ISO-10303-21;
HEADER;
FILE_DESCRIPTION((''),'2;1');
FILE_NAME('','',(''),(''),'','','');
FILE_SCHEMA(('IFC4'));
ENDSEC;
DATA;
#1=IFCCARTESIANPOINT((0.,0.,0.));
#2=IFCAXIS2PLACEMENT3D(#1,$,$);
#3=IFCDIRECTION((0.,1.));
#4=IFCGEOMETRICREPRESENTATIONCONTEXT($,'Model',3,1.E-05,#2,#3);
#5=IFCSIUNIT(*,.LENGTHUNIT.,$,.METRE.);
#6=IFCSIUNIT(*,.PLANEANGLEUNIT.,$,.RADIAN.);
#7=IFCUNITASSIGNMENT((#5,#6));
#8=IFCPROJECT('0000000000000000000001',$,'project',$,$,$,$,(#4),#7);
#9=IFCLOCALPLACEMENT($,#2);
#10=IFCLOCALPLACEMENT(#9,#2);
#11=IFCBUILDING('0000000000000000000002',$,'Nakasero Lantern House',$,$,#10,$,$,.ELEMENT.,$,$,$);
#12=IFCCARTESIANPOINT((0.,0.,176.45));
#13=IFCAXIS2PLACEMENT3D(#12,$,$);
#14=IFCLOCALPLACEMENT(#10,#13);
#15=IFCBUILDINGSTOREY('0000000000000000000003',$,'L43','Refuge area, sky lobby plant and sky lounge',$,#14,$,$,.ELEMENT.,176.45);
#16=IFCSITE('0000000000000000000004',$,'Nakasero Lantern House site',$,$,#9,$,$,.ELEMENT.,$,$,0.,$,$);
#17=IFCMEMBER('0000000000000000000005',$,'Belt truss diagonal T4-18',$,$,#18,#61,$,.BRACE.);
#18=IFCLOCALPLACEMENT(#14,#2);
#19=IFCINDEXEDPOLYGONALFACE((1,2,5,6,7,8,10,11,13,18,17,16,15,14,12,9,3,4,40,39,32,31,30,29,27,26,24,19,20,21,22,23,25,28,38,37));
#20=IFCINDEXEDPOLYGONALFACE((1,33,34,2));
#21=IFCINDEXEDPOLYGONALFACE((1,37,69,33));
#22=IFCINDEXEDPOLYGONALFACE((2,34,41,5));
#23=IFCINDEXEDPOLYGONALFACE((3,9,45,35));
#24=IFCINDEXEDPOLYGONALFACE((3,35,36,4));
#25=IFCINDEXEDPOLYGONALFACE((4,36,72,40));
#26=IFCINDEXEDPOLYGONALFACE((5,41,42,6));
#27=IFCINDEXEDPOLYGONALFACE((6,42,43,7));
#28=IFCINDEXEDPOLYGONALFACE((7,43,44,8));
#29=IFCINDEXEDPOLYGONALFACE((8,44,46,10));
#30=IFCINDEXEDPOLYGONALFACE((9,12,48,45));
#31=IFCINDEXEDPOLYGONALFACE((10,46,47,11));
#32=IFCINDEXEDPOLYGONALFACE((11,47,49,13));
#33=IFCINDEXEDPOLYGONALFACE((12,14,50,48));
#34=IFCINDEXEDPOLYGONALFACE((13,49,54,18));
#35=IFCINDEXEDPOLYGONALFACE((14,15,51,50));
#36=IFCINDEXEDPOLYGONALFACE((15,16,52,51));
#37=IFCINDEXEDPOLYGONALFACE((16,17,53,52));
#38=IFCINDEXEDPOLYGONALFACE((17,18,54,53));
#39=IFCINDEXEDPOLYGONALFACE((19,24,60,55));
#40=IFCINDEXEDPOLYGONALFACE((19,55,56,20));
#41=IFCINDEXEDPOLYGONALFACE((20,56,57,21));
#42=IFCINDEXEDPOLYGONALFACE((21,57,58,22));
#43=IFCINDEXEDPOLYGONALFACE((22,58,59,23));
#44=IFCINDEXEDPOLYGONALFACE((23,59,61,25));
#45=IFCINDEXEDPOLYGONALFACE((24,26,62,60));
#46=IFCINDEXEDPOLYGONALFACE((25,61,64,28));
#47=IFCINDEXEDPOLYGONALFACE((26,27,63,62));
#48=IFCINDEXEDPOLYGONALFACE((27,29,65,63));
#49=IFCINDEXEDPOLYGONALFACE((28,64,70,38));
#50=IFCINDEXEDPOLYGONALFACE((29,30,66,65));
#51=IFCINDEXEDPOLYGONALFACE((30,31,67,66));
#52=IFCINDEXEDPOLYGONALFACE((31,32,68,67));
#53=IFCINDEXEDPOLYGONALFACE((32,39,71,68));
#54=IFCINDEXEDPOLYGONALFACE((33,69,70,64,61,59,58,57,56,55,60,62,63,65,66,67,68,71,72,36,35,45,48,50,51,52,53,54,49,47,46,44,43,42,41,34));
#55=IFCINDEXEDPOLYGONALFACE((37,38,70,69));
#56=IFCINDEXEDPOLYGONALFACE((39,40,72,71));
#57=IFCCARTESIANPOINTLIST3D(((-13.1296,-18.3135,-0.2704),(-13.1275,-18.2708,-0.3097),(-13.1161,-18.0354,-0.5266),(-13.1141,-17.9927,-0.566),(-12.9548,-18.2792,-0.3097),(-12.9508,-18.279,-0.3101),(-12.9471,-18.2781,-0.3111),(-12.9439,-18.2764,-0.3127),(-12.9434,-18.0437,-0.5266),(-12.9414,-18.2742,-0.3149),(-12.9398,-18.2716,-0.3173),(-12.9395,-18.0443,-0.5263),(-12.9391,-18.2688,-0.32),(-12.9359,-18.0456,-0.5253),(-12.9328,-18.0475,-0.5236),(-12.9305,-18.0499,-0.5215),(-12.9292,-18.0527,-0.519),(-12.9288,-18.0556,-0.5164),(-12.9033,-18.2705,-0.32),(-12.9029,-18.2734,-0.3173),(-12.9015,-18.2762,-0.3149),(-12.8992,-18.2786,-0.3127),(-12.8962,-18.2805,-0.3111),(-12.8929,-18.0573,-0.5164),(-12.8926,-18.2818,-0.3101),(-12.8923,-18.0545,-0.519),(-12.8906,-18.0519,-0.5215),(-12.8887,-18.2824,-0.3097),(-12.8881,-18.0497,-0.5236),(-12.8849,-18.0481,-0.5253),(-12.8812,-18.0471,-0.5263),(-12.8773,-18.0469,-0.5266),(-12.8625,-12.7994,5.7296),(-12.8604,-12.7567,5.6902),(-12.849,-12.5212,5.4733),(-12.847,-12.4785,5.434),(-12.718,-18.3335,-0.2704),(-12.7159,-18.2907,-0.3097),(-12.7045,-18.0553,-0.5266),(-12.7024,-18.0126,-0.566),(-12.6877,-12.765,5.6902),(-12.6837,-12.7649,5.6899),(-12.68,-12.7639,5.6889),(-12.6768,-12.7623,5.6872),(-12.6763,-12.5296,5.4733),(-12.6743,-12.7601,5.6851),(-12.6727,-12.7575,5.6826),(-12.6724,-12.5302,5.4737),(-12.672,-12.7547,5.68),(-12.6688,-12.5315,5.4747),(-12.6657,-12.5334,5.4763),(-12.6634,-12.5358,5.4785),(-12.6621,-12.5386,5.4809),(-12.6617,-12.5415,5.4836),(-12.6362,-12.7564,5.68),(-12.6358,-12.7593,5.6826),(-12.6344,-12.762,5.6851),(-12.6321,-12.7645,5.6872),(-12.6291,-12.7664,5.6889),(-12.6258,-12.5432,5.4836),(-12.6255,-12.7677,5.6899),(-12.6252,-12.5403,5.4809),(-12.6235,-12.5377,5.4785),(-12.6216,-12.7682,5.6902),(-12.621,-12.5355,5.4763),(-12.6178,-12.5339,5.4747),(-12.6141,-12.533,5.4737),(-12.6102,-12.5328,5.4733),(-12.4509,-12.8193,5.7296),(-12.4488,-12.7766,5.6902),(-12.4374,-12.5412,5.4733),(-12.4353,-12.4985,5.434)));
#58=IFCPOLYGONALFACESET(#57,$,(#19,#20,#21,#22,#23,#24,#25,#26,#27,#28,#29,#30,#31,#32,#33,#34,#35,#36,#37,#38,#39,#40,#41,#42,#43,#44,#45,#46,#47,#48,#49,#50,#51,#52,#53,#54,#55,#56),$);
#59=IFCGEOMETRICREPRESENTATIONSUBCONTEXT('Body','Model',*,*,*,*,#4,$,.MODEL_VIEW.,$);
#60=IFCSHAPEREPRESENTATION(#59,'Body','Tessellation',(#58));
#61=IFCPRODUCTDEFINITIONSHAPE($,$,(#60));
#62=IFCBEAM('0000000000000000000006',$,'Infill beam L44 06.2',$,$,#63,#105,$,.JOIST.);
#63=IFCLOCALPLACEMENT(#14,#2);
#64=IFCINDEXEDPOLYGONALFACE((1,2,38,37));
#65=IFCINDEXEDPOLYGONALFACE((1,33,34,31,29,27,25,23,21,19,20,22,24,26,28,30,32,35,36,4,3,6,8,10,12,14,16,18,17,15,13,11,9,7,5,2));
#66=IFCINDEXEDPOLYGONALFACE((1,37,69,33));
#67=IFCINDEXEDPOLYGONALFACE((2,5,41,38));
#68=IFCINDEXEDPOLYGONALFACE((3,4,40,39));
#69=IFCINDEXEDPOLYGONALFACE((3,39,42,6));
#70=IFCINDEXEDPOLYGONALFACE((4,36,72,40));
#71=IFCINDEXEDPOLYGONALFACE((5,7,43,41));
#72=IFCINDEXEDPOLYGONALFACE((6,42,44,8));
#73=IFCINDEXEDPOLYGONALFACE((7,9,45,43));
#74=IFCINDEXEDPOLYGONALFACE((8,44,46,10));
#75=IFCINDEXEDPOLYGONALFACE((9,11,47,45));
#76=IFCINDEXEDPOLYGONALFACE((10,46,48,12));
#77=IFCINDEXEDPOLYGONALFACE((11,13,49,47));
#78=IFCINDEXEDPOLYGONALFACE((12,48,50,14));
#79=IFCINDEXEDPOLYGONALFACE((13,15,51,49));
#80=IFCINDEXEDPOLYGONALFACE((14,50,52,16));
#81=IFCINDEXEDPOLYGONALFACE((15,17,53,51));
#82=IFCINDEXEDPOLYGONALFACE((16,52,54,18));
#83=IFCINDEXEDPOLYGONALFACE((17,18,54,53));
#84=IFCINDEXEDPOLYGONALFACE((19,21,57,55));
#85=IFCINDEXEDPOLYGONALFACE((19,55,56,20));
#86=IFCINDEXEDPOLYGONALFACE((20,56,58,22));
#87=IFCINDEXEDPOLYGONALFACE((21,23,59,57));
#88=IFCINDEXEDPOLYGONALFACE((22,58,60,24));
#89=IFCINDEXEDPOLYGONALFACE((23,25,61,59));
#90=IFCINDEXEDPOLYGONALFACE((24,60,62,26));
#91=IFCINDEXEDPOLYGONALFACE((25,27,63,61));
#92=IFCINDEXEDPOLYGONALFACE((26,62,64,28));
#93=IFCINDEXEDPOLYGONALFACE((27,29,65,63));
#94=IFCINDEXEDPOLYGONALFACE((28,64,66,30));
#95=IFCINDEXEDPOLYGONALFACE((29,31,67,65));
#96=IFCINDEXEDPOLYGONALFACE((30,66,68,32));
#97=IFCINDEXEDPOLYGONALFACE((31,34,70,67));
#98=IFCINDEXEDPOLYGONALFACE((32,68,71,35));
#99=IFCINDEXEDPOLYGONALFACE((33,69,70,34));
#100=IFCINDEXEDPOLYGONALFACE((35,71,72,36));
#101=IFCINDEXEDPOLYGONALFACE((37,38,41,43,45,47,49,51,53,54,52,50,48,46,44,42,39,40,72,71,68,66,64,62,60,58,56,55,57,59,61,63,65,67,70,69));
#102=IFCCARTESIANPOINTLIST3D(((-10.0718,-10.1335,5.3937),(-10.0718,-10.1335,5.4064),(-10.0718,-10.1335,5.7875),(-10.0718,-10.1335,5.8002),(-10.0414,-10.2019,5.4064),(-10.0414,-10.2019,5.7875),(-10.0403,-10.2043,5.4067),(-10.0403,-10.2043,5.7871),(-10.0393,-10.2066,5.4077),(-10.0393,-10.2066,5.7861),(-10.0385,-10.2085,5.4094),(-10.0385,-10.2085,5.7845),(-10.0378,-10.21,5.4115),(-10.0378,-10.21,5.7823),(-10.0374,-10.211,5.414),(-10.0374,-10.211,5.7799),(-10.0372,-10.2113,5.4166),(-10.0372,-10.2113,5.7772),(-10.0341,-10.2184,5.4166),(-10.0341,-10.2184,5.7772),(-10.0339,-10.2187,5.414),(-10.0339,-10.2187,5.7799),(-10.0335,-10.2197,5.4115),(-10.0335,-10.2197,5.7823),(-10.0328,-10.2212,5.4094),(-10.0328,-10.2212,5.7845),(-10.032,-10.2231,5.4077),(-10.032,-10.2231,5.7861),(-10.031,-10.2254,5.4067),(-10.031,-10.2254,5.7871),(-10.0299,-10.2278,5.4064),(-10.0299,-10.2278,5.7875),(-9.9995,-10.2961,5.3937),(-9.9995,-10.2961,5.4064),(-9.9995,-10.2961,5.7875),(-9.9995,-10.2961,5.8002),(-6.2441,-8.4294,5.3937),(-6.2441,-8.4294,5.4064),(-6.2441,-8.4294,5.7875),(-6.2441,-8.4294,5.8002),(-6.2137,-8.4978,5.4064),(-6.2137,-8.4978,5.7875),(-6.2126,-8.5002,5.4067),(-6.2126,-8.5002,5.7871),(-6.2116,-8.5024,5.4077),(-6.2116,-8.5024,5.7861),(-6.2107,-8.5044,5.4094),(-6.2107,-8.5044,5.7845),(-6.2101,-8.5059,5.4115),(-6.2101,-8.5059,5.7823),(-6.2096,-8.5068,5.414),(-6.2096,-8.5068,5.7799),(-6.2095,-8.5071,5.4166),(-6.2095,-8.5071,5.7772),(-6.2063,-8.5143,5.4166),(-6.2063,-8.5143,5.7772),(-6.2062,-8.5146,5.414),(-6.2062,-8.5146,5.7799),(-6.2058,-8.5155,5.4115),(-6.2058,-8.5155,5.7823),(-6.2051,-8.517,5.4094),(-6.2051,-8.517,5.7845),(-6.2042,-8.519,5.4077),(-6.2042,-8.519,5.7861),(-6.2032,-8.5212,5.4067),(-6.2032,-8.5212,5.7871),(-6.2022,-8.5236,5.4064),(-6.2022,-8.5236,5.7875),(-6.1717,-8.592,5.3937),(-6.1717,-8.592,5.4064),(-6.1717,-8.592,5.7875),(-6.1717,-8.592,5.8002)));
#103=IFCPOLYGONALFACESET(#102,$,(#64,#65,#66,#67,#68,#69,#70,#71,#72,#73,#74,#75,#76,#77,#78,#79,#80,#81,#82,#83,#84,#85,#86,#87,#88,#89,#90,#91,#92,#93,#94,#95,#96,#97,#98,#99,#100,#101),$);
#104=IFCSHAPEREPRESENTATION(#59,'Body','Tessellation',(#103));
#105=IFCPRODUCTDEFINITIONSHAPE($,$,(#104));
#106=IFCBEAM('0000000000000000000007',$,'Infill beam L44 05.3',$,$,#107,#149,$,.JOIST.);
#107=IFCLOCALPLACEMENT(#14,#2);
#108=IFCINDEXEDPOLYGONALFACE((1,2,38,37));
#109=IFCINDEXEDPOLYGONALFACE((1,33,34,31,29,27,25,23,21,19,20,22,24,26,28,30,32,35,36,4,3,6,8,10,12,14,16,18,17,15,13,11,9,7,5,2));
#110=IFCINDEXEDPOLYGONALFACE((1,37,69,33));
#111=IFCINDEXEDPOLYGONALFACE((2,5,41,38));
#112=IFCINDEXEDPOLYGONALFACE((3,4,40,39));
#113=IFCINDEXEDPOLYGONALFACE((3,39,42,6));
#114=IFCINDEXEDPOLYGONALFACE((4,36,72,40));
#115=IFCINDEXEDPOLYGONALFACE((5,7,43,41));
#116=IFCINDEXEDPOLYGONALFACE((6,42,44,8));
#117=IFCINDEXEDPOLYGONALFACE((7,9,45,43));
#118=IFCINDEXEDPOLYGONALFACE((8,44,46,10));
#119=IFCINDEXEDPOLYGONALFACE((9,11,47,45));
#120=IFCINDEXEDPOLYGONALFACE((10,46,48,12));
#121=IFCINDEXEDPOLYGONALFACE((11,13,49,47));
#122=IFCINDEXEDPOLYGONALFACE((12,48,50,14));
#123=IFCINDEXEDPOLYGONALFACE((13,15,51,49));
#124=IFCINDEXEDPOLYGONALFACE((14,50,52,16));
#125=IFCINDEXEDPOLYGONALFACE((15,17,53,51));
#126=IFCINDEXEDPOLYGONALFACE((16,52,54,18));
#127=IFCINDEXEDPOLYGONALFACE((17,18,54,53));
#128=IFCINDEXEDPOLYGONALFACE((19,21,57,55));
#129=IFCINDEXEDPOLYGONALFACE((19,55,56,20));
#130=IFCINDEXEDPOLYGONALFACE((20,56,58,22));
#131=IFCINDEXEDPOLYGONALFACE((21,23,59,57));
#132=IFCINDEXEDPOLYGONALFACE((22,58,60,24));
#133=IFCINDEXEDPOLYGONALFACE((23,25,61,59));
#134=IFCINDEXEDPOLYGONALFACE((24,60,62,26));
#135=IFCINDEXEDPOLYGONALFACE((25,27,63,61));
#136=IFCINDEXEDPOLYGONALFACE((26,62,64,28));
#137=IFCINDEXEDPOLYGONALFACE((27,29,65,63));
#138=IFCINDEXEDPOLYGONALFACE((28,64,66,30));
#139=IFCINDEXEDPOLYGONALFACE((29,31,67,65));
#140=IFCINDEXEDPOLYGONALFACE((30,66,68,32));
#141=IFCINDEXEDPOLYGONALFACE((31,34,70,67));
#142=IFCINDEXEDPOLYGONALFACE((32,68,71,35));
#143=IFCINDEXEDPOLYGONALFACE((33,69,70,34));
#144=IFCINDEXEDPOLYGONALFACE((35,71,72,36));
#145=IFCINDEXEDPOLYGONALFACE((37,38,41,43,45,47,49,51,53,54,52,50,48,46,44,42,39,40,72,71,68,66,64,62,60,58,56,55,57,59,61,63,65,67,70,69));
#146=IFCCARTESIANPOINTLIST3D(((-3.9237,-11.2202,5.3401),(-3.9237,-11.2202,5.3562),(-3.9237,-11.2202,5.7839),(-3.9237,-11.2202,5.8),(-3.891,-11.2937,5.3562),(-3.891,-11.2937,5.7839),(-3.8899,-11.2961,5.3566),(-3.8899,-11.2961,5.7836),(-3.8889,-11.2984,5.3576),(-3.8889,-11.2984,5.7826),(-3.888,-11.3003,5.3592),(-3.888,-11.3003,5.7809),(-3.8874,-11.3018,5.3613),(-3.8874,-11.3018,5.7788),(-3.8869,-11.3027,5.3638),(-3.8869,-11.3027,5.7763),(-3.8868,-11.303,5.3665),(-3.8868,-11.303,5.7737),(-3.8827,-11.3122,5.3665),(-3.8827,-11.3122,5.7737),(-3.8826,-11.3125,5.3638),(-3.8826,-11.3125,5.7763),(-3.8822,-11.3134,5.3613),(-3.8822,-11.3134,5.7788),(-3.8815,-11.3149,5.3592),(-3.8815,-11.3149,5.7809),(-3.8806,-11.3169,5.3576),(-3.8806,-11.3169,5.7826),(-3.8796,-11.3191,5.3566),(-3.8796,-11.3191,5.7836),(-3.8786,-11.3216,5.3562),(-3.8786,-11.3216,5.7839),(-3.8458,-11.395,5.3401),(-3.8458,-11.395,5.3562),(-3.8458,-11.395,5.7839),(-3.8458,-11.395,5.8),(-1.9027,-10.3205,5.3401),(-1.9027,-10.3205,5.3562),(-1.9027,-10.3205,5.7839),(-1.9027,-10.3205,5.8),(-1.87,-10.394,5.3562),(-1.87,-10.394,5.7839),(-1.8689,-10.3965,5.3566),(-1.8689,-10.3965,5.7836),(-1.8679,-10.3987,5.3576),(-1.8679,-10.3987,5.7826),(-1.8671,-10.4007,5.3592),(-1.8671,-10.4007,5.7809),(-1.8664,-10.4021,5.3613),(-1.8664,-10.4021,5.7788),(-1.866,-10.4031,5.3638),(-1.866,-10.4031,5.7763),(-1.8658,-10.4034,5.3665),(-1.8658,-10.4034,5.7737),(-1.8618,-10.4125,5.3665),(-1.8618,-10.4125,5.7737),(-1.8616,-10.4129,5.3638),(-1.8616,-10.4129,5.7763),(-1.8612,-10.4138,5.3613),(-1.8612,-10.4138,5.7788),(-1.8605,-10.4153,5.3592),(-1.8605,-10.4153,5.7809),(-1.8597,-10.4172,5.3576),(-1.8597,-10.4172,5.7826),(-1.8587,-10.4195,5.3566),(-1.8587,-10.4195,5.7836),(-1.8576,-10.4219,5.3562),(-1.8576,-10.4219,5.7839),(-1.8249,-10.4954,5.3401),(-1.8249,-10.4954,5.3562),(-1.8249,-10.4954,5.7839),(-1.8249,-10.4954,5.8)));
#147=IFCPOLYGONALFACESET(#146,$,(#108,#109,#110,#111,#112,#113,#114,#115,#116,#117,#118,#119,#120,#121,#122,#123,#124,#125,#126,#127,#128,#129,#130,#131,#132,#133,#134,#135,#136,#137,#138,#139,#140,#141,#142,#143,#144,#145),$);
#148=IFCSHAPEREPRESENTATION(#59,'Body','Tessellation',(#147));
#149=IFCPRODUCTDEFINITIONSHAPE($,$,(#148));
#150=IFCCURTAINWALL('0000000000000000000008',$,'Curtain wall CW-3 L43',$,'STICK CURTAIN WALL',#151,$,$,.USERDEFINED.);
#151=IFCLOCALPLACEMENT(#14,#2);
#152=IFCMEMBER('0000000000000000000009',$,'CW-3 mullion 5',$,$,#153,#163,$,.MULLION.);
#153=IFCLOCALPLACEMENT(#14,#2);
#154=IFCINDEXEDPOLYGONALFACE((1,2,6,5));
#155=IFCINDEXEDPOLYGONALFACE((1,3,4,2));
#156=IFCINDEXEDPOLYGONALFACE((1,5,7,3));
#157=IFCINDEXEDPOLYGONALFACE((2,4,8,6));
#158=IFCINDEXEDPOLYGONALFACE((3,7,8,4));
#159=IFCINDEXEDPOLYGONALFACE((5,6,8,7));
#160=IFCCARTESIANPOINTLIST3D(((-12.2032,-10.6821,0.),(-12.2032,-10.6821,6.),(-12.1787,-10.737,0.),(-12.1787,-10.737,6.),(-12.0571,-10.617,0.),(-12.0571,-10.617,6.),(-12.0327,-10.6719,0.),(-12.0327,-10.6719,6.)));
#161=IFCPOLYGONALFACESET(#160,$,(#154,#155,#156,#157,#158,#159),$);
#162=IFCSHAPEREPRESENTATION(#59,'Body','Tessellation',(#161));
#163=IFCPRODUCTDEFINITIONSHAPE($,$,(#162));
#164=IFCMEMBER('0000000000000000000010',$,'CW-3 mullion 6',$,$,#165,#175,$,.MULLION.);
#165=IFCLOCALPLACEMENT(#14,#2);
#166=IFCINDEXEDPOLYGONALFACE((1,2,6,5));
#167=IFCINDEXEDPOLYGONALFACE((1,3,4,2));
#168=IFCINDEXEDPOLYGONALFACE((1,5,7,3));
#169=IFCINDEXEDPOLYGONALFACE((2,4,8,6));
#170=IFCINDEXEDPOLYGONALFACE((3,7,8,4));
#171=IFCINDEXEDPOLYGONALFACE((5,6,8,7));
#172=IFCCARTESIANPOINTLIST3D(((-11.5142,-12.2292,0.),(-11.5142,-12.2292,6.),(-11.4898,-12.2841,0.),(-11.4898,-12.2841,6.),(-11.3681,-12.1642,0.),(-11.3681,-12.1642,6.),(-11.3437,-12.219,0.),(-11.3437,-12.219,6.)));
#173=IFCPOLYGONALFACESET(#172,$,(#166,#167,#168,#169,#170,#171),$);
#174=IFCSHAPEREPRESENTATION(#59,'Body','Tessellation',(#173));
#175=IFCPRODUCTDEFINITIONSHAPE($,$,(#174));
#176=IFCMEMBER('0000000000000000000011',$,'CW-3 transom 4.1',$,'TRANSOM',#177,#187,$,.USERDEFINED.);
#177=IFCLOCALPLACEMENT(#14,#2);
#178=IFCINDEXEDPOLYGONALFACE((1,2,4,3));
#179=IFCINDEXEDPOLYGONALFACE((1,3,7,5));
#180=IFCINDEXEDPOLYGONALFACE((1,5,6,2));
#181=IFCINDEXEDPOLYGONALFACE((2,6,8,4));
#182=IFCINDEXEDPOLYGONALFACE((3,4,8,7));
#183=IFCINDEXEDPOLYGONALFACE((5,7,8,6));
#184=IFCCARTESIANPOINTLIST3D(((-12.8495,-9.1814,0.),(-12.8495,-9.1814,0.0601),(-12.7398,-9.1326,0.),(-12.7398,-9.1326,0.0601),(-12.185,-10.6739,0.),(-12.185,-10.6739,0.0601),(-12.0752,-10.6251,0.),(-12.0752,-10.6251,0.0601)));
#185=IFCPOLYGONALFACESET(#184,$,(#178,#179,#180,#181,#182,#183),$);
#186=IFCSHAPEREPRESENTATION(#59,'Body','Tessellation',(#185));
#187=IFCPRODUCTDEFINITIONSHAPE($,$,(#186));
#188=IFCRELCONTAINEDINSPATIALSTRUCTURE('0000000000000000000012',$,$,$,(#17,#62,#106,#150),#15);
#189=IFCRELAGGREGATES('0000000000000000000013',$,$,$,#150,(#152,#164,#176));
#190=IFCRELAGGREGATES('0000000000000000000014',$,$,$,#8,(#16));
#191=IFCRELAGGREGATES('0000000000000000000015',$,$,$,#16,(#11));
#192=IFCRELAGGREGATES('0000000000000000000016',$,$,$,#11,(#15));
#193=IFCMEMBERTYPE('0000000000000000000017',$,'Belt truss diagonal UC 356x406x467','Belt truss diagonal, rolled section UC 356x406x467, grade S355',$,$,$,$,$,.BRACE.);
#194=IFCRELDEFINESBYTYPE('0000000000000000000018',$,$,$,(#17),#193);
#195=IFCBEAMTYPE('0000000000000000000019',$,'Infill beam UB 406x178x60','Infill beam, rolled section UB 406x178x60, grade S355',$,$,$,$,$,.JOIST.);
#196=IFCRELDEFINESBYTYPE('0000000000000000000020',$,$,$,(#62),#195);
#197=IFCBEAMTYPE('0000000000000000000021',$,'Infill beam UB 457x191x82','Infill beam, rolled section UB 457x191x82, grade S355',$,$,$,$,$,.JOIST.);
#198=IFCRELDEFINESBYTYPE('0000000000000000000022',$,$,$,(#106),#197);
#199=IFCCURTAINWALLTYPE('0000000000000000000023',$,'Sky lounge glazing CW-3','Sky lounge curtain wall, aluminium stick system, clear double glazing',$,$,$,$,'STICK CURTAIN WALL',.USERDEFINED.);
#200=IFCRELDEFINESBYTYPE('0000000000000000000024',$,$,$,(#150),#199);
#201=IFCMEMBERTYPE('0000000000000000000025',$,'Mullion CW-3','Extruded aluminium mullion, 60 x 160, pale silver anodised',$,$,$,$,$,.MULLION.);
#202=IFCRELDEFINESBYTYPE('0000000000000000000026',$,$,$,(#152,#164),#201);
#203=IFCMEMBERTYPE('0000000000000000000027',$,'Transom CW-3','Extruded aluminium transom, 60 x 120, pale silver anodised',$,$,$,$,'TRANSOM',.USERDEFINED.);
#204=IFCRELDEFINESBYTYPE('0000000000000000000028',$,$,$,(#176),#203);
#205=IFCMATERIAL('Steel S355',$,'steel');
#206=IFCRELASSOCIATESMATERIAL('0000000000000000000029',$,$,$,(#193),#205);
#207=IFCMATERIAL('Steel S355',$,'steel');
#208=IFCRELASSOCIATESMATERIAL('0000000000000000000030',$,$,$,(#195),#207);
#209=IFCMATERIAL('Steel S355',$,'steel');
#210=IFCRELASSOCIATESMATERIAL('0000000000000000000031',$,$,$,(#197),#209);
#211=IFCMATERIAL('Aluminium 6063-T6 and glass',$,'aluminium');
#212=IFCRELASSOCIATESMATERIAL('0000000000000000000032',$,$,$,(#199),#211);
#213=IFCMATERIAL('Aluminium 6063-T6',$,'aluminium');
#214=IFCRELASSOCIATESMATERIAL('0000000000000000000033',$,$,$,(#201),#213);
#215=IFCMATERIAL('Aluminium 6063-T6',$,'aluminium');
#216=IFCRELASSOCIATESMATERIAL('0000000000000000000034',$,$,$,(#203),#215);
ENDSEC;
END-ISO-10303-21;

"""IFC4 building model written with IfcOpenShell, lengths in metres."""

from ifc_helpers import new_model, si_unit, direction, frame, origin, origin_2d, place, context, subcontext, project, spatial, rectangle, i_section, extrude, material, material_profile, profile_set, type_object, element, aggregate, save


model = new_model("IFC4")

# Units and contexts
model_context = context("Model", 3, precision=1e-05, world=origin(), true_north=direction((0.0, 1.0)))
body_context = subcontext(model_context, "Body", "Model", "MODEL_VIEW")
ifc_project = project(units=[si_unit("LENGTHUNIT", "METRE"), si_unit("PLANEANGLEUNIT", "RADIAN")], contexts=[model_context])

# Site, building, storey
site_placement = place(None, origin())
site = spatial("IfcSite", under=ifc_project, at=site_placement, Name="Nakasero Lantern House site", CompositionType="ELEMENT", RefElevation=0.0)
building_placement = place(site_placement, origin())
building = spatial("IfcBuilding", under=site, at=building_placement, Name="Nakasero Lantern House", CompositionType="ELEMENT")
storey_placement = place(building_placement, frame((0.0, 0.0, 176.45)))
storey = spatial("IfcBuildingStorey", under=building, at=storey_placement, Name="L43", Description="Refuge area, sky lobby plant and sky lounge", CompositionType="ELEMENT", Elevation=176.45)

# Member
ifc_material_1 = material(Name="Steel S355", Category="steel")
ifc_material_profile_1 = material_profile(ifc_material_1, i_section(OverallWidth=0.4121, OverallDepth=0.4365, WebThickness=0.0359, FlangeThickness=0.0581, FilletRadius=0.0151, at=origin_2d()), Name="UC 356x406x467")
ifc_profile_set_1 = profile_set([ifc_material_profile_1], Name="Steel S355")
member_type_1 = type_object("IfcMemberType", Name="Belt truss diagonal UC 356x406x467", Description="Belt truss diagonal, rolled section UC 356x406x467, grade S355", PredefinedType="BRACE", material=ifc_profile_set_1)
member_1_placement = place(storey_placement, frame((-12.6489, -12.6489, 5.5818), z_axis=(-0.032758, -0.676305, -0.735893), x_axis=(0.998829, -0.04838, 0.0)))
element("IfcMember", 1, at=member_1_placement, inside=storey, type_object=member_type_1, Name="Belt truss diagonal T4-18", PredefinedType="BRACE", context=body_context, shape_type="SweptSolid", body=[
    extrude(i_section(OverallWidth=0.4121, OverallDepth=0.4365, WebThickness=0.0359, FlangeThickness=0.0581, FilletRadius=0.0151, at=origin_2d()), origin(), (0.0, 0.0, 1.0), 8.1533),
])

# Beams
ifc_material_2 = material(Name="Steel S355", Category="steel")
ifc_material_profile_2 = material_profile(ifc_material_2, i_section(OverallWidth=0.178, OverallDepth=0.4065, WebThickness=0.0078, FlangeThickness=0.0127, FilletRadius=0.0103, at=origin_2d()), Name="UB 406x178x60")
ifc_profile_set_2 = profile_set([ifc_material_profile_2], Name="Steel S355")
beam_type_1 = type_object("IfcBeamType", Name="Infill beam UB 406x178x60", Description="Infill beam, rolled section UB 406x178x60, grade S355", PredefinedType="JOIST", material=ifc_profile_set_2)
beam_1_placement = place(storey_placement, frame((-10.0356, -10.2148, 5.5969), z_axis=(0.913552, 0.406722, 0.0), x_axis=(-0.406722, 0.913552, 0.0)))
element("IfcBeam", 2, at=beam_1_placement, inside=storey, type_object=beam_type_1, Name="Infill beam L44 06.2", PredefinedType="JOIST", context=body_context, shape_type="SweptSolid", body=[
    extrude(i_section(OverallWidth=0.178, OverallDepth=0.4065, WebThickness=0.0078, FlangeThickness=0.0127, FilletRadius=0.0103, at=origin_2d()), origin(), (0.0, 0.0, 1.0), 4.1899),
])
ifc_material_3 = material(Name="Steel S355", Category="steel")
ifc_material_profile_3 = material_profile(ifc_material_3, i_section(OverallWidth=0.1914, OverallDepth=0.46, WebThickness=0.01, FlangeThickness=0.0161, FilletRadius=0.0103, at=origin_2d()), Name="UB 457x191x82")
ifc_profile_set_3 = profile_set([ifc_material_profile_3], Name="Steel S355")
beam_type_2 = type_object("IfcBeamType", Name="Infill beam UB 457x191x82", Description="Infill beam, rolled section UB 457x191x82, grade S355", PredefinedType="JOIST", material=ifc_profile_set_3)
beam_2_placement = place(storey_placement, frame((-3.8848, -11.3076, 5.5701), z_axis=(0.91357, 0.406681, 0.0), x_axis=(-0.406681, 0.91357, 0.0)))
element("IfcBeam", 3, at=beam_2_placement, inside=storey, type_object=beam_type_2, Name="Infill beam L44 05.3", PredefinedType="JOIST", context=body_context, shape_type="SweptSolid", body=[
    extrude(i_section(OverallWidth=0.1914, OverallDepth=0.46, WebThickness=0.01, FlangeThickness=0.0161, FilletRadius=0.0103, at=origin_2d()), origin(), (0.0, 0.0, 1.0), 2.2122),
])

# Curtain wall, members
ifc_material_4 = material(Name="Aluminium 6063-T6 and glass", Category="aluminium")
curtain_wall_type = type_object("IfcCurtainWallType", Name="Sky lounge glazing CW-3", Description="Sky lounge curtain wall, aluminium stick system, clear double glazing", ElementType="STICK CURTAIN WALL", PredefinedType="USERDEFINED", material=ifc_material_4)
curtain_wall_placement = place(storey_placement, origin())
curtain_wall = element("IfcCurtainWall", 4, at=curtain_wall_placement, inside=storey, type_object=curtain_wall_type, Name="Curtain wall CW-3 L43", ObjectType="STICK CURTAIN WALL", PredefinedType="USERDEFINED")
ifc_material_5 = material(Name="Aluminium 6063-T6", Category="aluminium")
ifc_material_profile_4 = material_profile(ifc_material_5, rectangle(XDim=0.0601, YDim=0.1599, at=origin_2d()), Name="CW-3 mullion 60x160")
ifc_profile_set_4 = profile_set([ifc_material_profile_4], Name="Aluminium 6063-T6")
member_type_2 = type_object("IfcMemberType", Name="Mullion CW-3", Description="Extruded aluminium mullion, 60 x 160, pale silver anodised", PredefinedType="MULLION", material=ifc_profile_set_4)
member_2_placement = place(storey_placement, frame((-12.1179, -10.677, 0.0), z_axis=(0.0, 0.0, 1.0), x_axis=(0.406737, -0.913545, 0.0)))
member_2 = element("IfcMember", 5, at=member_2_placement, type_object=member_type_2, Name="CW-3 mullion 5", PredefinedType="MULLION", context=body_context, shape_type="SweptSolid", body=[
    extrude(rectangle(XDim=0.0601, YDim=0.1599, at=origin_2d()), origin(), (0.0, 0.0, 1.0), 6.0),
])
member_3_placement = place(storey_placement, frame((-11.429, -12.2241, 0.0), z_axis=(0.0, 0.0, 1.0), x_axis=(0.406737, -0.913545, 0.0)))
member_3 = element("IfcMember", 6, at=member_3_placement, type_object=member_type_2, Name="CW-3 mullion 6", PredefinedType="MULLION", context=body_context, shape_type="SweptSolid", body=[
    extrude(rectangle(XDim=0.0601, YDim=0.1599, at=origin_2d()), origin(), (0.0, 0.0, 1.0), 6.0),
])
ifc_material_6 = material(Name="Aluminium 6063-T6", Category="aluminium")
ifc_material_profile_5 = material_profile(ifc_material_6, rectangle(XDim=0.0601, YDim=0.1201, at=origin_2d()), Name="CW-3 transom 60x120")
ifc_profile_set_5 = profile_set([ifc_material_profile_5], Name="Aluminium 6063-T6")
member_type_3 = type_object("IfcMemberType", Name="Transom CW-3", Description="Extruded aluminium transom, 60 x 120, pale silver anodised", ElementType="TRANSOM", PredefinedType="USERDEFINED", material=ifc_profile_set_5)
member_4_placement = place(storey_placement, frame((-12.7947, -9.157, 0.03), z_axis=(0.406776, -0.913528, 0.0), x_axis=(0.0, 0.0, 1.0)))
member_4 = element("IfcMember", 7, at=member_4_placement, type_object=member_type_3, Name="CW-3 transom 4.1", ObjectType="TRANSOM", PredefinedType="USERDEFINED", context=body_context, shape_type="SweptSolid", body=[
    extrude(rectangle(XDim=0.0601, YDim=0.1201, at=origin_2d()), origin(), (0.0, 0.0, 1.0), 1.6338),
])
aggregate(curtain_wall, [member_2, member_3, member_4])

save(model, "model.ifc")
